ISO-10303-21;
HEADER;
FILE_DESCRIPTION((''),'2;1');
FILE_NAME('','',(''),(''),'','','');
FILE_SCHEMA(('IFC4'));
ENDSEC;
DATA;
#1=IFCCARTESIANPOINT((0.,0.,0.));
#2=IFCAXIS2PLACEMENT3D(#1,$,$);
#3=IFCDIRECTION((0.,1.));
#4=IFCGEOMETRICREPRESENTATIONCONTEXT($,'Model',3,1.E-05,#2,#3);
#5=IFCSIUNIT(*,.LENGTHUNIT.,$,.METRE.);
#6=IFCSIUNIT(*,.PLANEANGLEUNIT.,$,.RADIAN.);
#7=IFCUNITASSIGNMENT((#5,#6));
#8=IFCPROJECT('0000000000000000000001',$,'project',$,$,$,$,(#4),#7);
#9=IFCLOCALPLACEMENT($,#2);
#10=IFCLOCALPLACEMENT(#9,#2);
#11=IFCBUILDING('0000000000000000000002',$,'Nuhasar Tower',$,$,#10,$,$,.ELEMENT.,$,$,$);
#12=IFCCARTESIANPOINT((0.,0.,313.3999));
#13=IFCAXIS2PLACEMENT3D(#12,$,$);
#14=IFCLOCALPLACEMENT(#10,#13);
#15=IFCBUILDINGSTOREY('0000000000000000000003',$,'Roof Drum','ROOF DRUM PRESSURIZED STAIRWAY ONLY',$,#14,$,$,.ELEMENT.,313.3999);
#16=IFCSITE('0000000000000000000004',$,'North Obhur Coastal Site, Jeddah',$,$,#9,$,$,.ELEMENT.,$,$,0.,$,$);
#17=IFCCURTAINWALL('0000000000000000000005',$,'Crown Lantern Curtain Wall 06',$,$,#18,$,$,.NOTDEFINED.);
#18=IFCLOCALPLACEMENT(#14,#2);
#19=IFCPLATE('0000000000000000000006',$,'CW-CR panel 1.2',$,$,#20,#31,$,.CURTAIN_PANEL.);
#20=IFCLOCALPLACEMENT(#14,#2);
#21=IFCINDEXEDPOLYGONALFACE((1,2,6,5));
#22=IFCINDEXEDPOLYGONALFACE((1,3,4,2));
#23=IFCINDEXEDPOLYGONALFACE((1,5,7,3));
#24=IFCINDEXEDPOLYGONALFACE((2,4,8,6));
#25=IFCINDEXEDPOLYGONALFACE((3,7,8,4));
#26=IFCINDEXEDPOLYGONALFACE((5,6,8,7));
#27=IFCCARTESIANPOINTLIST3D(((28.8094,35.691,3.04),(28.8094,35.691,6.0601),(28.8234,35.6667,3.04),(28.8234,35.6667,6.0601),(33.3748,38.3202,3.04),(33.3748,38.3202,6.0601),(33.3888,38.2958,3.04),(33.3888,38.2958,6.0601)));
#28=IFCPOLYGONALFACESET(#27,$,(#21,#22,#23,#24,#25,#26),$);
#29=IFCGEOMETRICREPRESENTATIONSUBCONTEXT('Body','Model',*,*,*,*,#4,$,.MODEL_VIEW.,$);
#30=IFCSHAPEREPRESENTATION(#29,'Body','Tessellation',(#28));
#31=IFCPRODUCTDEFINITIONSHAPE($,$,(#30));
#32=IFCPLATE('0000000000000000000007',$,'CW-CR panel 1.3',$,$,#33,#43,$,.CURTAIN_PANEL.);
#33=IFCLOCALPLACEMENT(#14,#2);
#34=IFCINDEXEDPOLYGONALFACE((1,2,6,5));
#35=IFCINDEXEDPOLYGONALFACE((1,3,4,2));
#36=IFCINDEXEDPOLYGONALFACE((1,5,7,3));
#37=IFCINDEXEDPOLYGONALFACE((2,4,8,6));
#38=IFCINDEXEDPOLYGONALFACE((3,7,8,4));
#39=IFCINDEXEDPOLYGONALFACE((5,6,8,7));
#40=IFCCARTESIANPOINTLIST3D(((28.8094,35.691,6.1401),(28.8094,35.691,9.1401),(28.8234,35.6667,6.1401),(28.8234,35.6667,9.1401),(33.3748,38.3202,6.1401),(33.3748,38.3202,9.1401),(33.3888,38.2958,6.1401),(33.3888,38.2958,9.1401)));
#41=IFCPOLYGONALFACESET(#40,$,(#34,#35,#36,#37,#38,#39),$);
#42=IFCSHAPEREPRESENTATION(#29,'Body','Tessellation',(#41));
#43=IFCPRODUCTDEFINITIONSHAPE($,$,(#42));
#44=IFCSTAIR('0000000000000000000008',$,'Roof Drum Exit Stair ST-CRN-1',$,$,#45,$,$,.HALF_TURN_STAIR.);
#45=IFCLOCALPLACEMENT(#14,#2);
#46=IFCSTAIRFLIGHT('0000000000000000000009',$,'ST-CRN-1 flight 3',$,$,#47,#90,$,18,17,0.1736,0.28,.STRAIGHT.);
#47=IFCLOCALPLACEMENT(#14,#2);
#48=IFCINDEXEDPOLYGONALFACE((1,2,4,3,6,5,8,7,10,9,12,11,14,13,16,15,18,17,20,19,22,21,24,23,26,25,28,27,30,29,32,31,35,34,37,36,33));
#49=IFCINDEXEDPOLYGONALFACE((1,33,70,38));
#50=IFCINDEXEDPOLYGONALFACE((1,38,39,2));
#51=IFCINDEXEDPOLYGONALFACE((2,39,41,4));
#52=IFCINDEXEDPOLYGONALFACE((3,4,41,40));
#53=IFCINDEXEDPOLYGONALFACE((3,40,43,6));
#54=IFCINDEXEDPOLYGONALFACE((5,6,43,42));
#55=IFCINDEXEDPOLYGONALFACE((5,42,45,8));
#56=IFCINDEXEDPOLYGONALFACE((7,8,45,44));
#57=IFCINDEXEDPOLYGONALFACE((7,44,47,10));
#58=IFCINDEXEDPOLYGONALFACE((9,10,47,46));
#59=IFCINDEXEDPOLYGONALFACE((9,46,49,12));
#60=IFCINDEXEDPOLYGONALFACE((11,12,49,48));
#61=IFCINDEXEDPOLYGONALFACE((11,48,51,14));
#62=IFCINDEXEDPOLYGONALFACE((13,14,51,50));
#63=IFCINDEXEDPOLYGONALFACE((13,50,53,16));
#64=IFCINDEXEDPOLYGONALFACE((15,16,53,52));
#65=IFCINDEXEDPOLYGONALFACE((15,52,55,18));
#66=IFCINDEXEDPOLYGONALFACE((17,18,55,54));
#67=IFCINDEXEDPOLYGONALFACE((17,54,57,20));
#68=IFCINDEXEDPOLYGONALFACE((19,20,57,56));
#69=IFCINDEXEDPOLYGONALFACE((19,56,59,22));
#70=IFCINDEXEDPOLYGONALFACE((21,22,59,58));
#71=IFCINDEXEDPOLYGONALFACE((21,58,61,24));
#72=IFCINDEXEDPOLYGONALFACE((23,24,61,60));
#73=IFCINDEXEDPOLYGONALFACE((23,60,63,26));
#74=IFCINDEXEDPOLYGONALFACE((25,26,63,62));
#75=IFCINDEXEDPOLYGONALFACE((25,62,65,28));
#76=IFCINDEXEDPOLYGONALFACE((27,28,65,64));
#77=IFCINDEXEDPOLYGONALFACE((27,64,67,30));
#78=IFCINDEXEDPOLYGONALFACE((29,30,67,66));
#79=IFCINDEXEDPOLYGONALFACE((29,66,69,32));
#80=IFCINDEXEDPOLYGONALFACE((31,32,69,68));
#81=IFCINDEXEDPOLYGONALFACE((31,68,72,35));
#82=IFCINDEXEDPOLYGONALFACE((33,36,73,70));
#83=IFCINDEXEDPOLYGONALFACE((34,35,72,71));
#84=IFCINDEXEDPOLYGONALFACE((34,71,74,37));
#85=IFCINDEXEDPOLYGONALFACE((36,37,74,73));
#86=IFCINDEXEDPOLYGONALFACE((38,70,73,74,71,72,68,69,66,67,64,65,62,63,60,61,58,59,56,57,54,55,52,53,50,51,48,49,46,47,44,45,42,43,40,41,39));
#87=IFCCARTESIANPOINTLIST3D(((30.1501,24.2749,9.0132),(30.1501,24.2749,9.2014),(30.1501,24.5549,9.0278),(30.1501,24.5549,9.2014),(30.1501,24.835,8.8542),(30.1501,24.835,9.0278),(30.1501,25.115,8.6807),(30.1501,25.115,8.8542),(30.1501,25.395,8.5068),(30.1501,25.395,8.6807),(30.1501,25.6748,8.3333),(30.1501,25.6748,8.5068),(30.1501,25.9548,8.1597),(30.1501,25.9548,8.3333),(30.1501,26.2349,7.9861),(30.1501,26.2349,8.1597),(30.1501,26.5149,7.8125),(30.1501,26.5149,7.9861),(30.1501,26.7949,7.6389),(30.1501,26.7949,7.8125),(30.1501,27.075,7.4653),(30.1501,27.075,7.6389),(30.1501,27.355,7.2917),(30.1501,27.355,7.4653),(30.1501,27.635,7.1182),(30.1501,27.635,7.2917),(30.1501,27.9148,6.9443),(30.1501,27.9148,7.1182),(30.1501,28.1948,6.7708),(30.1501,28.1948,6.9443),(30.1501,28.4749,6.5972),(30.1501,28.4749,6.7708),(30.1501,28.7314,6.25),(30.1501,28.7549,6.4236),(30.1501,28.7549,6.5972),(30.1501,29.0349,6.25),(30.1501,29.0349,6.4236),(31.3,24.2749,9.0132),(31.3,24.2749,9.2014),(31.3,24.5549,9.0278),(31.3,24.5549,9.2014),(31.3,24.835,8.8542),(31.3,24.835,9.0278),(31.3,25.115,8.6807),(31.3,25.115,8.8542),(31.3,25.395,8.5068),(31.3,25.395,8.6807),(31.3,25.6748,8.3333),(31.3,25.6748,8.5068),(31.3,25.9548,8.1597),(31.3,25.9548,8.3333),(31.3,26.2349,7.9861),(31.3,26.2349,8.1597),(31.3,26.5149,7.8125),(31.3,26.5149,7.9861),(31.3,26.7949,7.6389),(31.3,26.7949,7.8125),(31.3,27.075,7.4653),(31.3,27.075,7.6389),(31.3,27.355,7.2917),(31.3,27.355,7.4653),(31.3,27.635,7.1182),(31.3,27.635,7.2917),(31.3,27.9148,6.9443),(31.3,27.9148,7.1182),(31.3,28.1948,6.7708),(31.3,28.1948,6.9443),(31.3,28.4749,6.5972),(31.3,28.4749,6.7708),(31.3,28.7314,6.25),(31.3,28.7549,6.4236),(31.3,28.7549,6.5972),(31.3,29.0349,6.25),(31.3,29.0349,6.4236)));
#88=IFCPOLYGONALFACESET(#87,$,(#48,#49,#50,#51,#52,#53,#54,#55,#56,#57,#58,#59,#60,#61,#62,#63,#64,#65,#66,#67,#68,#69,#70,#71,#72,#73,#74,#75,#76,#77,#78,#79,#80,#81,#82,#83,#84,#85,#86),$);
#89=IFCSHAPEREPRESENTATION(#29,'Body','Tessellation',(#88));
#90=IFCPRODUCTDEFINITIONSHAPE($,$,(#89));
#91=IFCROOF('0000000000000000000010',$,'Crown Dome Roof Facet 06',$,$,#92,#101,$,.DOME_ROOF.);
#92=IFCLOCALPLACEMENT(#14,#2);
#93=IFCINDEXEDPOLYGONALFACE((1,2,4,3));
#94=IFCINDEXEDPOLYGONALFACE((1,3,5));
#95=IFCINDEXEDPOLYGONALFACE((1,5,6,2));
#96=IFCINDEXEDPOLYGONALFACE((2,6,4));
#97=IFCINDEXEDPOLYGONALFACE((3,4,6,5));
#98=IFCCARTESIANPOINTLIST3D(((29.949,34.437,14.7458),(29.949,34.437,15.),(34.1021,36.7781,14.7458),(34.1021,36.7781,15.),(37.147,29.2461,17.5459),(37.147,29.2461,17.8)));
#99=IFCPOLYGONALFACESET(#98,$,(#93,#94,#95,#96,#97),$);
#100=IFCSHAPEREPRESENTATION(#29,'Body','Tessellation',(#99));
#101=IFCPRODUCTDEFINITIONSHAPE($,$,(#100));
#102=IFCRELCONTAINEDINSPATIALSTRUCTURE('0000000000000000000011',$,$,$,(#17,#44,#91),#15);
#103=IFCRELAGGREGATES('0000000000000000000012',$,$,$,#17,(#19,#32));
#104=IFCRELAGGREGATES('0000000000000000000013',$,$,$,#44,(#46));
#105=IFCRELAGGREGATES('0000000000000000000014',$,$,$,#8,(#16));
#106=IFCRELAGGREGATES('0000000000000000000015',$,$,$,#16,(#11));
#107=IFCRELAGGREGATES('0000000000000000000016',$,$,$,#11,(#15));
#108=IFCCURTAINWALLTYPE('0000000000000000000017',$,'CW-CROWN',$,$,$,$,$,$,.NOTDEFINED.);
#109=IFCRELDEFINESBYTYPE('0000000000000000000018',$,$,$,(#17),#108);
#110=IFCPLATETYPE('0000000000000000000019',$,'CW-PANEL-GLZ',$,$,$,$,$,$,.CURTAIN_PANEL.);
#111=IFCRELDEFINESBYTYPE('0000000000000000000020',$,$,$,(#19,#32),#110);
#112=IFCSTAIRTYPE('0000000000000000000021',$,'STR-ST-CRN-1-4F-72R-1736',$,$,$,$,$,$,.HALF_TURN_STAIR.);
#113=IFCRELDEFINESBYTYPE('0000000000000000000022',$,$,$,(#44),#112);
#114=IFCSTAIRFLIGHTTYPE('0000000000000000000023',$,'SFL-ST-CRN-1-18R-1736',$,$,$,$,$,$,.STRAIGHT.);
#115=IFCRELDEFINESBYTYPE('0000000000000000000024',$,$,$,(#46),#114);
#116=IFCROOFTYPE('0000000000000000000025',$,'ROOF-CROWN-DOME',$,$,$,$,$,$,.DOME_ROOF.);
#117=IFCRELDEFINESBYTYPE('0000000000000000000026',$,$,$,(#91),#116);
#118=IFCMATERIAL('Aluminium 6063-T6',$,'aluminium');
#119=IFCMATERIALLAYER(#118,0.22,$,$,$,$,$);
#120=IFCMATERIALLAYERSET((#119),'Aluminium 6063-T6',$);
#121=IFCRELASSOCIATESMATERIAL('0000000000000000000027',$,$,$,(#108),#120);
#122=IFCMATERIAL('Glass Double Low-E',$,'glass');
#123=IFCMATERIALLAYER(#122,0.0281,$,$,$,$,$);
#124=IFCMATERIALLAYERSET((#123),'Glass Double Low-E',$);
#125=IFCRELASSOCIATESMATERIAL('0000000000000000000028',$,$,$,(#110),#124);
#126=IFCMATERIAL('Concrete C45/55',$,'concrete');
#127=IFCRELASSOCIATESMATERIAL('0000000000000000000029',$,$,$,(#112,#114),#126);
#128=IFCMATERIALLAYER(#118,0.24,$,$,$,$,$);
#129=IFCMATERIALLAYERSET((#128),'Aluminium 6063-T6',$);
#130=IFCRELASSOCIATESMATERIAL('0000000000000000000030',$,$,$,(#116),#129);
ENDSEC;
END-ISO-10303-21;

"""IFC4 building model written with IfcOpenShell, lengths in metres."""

from ifc_helpers import new_model, si_unit, direction, frame, origin, origin_2d, place, context, subcontext, project, spatial, polyline, rectangle, outline, extrude, material, layer, layer_set, type_object, element, aggregate, save


model = new_model("IFC4")

# Units and contexts
model_context = context("Model", 3, precision=1e-05, world=origin(), true_north=direction((0.0, 1.0)))
body_context = subcontext(model_context, "Body", "Model", "MODEL_VIEW")
ifc_project = project(units=[si_unit("LENGTHUNIT", "METRE"), si_unit("PLANEANGLEUNIT", "RADIAN")], contexts=[model_context])

# Site, building, storey
site_placement = place(None, origin())
site = spatial("IfcSite", under=ifc_project, at=site_placement, Name="North Obhur Coastal Site, Jeddah", CompositionType="ELEMENT", RefElevation=0.0)
building_placement = place(site_placement, origin())
building = spatial("IfcBuilding", under=site, at=building_placement, Name="Nuhasar Tower", CompositionType="ELEMENT")
storey_placement = place(building_placement, frame((0.0, 0.0, 313.3999)))
storey = spatial("IfcBuildingStorey", under=building, at=storey_placement, Name="Roof Drum", Description="ROOF DRUM PRESSURIZED STAIRWAY ONLY", CompositionType="ELEMENT", Elevation=313.3999)

# Curtain wall
ifc_material_1 = material(Name="Aluminium 6063-T6", Category="aluminium")
ifc_layer_1 = layer(ifc_material_1, 0.22)
ifc_layer_set_1 = layer_set([ifc_layer_1], Name="Aluminium 6063-T6")
curtain_wall_type = type_object("IfcCurtainWallType", Name="CW-CROWN", PredefinedType="NOTDEFINED", material=ifc_layer_set_1)
curtain_wall_1_placement = place(storey_placement, origin())
curtain_wall_1 = element("IfcCurtainWall", 1, at=curtain_wall_1_placement, inside=storey, type_object=curtain_wall_type, Name="Crown Lantern Curtain Wall 06", PredefinedType="NOTDEFINED")

# Plates
ifc_material_2 = material(Name="Glass Double Low-E", Category="glass")
ifc_layer_2 = layer(ifc_material_2, 0.0281)
ifc_layer_set_2 = layer_set([ifc_layer_2], Name="Glass Double Low-E")
plate_type = type_object("IfcPlateType", Name="CW-PANEL-GLZ", PredefinedType="CURTAIN_PANEL", material=ifc_layer_set_2)
plate_1_placement = place(storey_placement, frame((31.0991, 36.9934, 3.04), z_axis=(0.0, 0.0, 1.0), x_axis=(-0.866572, -0.499052, 0.0)))
plate_1 = element("IfcPlate", 2, at=plate_1_placement, type_object=plate_type, Name="CW-CR panel 1.2", PredefinedType="CURTAIN_PANEL", context=body_context, shape_type="SweptSolid", body=[
    extrude(rectangle(XDim=5.2683, YDim=0.0281, at=origin_2d()), origin(), (0.0, 0.0, 1.0), 3.02),
])
plate_2_placement = place(storey_placement, frame((31.0991, 36.9934, 6.1401), z_axis=(0.0, 0.0, 1.0), x_axis=(-0.866572, -0.499052, 0.0)))
plate_2 = element("IfcPlate", 3, at=plate_2_placement, type_object=plate_type, Name="CW-CR panel 1.3", PredefinedType="CURTAIN_PANEL", context=body_context, shape_type="SweptSolid", body=[
    extrude(rectangle(XDim=5.2683, YDim=0.0281, at=origin_2d()), origin(), (0.0, 0.0, 1.0), 3.0),
])
aggregate(curtain_wall_1, [plate_1, plate_2])

# Stair, stair flight
ifc_material_3 = material(Name="Concrete C45/55", Category="concrete")
stair_type = type_object("IfcStairType", Name="STR-ST-CRN-1-4F-72R-1736", PredefinedType="HALF_TURN_STAIR", material=ifc_material_3)
stair_placement = place(storey_placement, origin())
stair = element("IfcStair", 4, at=stair_placement, inside=storey, type_object=stair_type, Name="Roof Drum Exit Stair ST-CRN-1", PredefinedType="HALF_TURN_STAIR")
stair_flight_type = type_object("IfcStairFlightType", Name="SFL-ST-CRN-1-18R-1736", PredefinedType="STRAIGHT", material=ifc_material_3)
stair_flight_placement = place(storey_placement, frame((30.7251, 29.0349, 6.25), z_axis=(0.0, 0.0, 1.0), x_axis=(0.0, -1.0, 0.0)))
stair_flight = element("IfcStairFlight", 5, at=stair_flight_placement, type_object=stair_flight_type, Name="ST-CRN-1 flight 3", NumberOfRisers=18, NumberOfTreads=17, PredefinedType="STRAIGHT", RiserHeight=0.1736, TreadLength=0.28, context=body_context, shape_type="SweptSolid", body=[
    extrude(outline(polyline([(0.0, 0.0), (0.0, 0.1736), (0.28, 0.1736), (0.28, 0.3472), (0.5601, 0.3472), (0.5601, 0.5208), (0.8401, 0.5208), (0.8401, 0.6943), (1.1201, 0.6943), (1.1201, 0.8682), (1.3999, 0.8682), (1.3999, 1.0417), (1.6799, 1.0417), (1.6799, 1.2153), (1.96, 1.2153), (1.96, 1.3889), (2.24, 1.3889), (2.24, 1.5625), (2.52, 1.5625), (2.52, 1.7361), (2.8, 1.7361), (2.8, 1.9097), (3.0801, 1.9097), (3.0801, 2.0833), (3.3601, 2.0833), (3.3601, 2.2568), (3.6399, 2.2568), (3.6399, 2.4307), (3.9199, 2.4307), (3.9199, 2.6042), (4.2, 2.6042), (4.2, 2.7778), (4.48, 2.7778), (4.48, 2.9514), (4.76, 2.9514), (4.76, 3.125), (4.76, 2.7632), (0.3035, 0.0), (0.0, 0.0)])), frame((0.0, 0.575, 0.0), z_axis=(0.0, -1.0, 0.0), x_axis=(1.0, 0.0, 0.0)), (0.0, 0.0, 1.0), 1.1499),
])
aggregate(stair, [stair_flight])

# Roof
ifc_layer_3 = layer(ifc_material_1, 0.24)
ifc_layer_set_3 = layer_set([ifc_layer_3], Name="Aluminium 6063-T6")
roof_type = type_object("IfcRoofType", Name="ROOF-CROWN-DOME", PredefinedType="DOME_ROOF", material=ifc_layer_set_3)
roof_placement = place(storey_placement, frame((34.1021, 36.7781, 15.0), z_axis=(-0.161206, 0.285981, 0.944578), x_axis=(-0.871131, -0.491051, 0.0)))
element("IfcRoof", 6, at=roof_placement, inside=storey, type_object=roof_type, Name="Crown Dome Roof Facet 06", PredefinedType="DOME_ROOF", context=body_context, shape_type="SweptSolid", body=[
    extrude(outline(polyline([(0.0, 0.0), (4.7675, 0.0), (1.0461, 8.5293), (0.0, 0.0)])), origin(), (0.0, -0.328287, -0.944578), 0.2542),
])

save(model, "model.ifc")
